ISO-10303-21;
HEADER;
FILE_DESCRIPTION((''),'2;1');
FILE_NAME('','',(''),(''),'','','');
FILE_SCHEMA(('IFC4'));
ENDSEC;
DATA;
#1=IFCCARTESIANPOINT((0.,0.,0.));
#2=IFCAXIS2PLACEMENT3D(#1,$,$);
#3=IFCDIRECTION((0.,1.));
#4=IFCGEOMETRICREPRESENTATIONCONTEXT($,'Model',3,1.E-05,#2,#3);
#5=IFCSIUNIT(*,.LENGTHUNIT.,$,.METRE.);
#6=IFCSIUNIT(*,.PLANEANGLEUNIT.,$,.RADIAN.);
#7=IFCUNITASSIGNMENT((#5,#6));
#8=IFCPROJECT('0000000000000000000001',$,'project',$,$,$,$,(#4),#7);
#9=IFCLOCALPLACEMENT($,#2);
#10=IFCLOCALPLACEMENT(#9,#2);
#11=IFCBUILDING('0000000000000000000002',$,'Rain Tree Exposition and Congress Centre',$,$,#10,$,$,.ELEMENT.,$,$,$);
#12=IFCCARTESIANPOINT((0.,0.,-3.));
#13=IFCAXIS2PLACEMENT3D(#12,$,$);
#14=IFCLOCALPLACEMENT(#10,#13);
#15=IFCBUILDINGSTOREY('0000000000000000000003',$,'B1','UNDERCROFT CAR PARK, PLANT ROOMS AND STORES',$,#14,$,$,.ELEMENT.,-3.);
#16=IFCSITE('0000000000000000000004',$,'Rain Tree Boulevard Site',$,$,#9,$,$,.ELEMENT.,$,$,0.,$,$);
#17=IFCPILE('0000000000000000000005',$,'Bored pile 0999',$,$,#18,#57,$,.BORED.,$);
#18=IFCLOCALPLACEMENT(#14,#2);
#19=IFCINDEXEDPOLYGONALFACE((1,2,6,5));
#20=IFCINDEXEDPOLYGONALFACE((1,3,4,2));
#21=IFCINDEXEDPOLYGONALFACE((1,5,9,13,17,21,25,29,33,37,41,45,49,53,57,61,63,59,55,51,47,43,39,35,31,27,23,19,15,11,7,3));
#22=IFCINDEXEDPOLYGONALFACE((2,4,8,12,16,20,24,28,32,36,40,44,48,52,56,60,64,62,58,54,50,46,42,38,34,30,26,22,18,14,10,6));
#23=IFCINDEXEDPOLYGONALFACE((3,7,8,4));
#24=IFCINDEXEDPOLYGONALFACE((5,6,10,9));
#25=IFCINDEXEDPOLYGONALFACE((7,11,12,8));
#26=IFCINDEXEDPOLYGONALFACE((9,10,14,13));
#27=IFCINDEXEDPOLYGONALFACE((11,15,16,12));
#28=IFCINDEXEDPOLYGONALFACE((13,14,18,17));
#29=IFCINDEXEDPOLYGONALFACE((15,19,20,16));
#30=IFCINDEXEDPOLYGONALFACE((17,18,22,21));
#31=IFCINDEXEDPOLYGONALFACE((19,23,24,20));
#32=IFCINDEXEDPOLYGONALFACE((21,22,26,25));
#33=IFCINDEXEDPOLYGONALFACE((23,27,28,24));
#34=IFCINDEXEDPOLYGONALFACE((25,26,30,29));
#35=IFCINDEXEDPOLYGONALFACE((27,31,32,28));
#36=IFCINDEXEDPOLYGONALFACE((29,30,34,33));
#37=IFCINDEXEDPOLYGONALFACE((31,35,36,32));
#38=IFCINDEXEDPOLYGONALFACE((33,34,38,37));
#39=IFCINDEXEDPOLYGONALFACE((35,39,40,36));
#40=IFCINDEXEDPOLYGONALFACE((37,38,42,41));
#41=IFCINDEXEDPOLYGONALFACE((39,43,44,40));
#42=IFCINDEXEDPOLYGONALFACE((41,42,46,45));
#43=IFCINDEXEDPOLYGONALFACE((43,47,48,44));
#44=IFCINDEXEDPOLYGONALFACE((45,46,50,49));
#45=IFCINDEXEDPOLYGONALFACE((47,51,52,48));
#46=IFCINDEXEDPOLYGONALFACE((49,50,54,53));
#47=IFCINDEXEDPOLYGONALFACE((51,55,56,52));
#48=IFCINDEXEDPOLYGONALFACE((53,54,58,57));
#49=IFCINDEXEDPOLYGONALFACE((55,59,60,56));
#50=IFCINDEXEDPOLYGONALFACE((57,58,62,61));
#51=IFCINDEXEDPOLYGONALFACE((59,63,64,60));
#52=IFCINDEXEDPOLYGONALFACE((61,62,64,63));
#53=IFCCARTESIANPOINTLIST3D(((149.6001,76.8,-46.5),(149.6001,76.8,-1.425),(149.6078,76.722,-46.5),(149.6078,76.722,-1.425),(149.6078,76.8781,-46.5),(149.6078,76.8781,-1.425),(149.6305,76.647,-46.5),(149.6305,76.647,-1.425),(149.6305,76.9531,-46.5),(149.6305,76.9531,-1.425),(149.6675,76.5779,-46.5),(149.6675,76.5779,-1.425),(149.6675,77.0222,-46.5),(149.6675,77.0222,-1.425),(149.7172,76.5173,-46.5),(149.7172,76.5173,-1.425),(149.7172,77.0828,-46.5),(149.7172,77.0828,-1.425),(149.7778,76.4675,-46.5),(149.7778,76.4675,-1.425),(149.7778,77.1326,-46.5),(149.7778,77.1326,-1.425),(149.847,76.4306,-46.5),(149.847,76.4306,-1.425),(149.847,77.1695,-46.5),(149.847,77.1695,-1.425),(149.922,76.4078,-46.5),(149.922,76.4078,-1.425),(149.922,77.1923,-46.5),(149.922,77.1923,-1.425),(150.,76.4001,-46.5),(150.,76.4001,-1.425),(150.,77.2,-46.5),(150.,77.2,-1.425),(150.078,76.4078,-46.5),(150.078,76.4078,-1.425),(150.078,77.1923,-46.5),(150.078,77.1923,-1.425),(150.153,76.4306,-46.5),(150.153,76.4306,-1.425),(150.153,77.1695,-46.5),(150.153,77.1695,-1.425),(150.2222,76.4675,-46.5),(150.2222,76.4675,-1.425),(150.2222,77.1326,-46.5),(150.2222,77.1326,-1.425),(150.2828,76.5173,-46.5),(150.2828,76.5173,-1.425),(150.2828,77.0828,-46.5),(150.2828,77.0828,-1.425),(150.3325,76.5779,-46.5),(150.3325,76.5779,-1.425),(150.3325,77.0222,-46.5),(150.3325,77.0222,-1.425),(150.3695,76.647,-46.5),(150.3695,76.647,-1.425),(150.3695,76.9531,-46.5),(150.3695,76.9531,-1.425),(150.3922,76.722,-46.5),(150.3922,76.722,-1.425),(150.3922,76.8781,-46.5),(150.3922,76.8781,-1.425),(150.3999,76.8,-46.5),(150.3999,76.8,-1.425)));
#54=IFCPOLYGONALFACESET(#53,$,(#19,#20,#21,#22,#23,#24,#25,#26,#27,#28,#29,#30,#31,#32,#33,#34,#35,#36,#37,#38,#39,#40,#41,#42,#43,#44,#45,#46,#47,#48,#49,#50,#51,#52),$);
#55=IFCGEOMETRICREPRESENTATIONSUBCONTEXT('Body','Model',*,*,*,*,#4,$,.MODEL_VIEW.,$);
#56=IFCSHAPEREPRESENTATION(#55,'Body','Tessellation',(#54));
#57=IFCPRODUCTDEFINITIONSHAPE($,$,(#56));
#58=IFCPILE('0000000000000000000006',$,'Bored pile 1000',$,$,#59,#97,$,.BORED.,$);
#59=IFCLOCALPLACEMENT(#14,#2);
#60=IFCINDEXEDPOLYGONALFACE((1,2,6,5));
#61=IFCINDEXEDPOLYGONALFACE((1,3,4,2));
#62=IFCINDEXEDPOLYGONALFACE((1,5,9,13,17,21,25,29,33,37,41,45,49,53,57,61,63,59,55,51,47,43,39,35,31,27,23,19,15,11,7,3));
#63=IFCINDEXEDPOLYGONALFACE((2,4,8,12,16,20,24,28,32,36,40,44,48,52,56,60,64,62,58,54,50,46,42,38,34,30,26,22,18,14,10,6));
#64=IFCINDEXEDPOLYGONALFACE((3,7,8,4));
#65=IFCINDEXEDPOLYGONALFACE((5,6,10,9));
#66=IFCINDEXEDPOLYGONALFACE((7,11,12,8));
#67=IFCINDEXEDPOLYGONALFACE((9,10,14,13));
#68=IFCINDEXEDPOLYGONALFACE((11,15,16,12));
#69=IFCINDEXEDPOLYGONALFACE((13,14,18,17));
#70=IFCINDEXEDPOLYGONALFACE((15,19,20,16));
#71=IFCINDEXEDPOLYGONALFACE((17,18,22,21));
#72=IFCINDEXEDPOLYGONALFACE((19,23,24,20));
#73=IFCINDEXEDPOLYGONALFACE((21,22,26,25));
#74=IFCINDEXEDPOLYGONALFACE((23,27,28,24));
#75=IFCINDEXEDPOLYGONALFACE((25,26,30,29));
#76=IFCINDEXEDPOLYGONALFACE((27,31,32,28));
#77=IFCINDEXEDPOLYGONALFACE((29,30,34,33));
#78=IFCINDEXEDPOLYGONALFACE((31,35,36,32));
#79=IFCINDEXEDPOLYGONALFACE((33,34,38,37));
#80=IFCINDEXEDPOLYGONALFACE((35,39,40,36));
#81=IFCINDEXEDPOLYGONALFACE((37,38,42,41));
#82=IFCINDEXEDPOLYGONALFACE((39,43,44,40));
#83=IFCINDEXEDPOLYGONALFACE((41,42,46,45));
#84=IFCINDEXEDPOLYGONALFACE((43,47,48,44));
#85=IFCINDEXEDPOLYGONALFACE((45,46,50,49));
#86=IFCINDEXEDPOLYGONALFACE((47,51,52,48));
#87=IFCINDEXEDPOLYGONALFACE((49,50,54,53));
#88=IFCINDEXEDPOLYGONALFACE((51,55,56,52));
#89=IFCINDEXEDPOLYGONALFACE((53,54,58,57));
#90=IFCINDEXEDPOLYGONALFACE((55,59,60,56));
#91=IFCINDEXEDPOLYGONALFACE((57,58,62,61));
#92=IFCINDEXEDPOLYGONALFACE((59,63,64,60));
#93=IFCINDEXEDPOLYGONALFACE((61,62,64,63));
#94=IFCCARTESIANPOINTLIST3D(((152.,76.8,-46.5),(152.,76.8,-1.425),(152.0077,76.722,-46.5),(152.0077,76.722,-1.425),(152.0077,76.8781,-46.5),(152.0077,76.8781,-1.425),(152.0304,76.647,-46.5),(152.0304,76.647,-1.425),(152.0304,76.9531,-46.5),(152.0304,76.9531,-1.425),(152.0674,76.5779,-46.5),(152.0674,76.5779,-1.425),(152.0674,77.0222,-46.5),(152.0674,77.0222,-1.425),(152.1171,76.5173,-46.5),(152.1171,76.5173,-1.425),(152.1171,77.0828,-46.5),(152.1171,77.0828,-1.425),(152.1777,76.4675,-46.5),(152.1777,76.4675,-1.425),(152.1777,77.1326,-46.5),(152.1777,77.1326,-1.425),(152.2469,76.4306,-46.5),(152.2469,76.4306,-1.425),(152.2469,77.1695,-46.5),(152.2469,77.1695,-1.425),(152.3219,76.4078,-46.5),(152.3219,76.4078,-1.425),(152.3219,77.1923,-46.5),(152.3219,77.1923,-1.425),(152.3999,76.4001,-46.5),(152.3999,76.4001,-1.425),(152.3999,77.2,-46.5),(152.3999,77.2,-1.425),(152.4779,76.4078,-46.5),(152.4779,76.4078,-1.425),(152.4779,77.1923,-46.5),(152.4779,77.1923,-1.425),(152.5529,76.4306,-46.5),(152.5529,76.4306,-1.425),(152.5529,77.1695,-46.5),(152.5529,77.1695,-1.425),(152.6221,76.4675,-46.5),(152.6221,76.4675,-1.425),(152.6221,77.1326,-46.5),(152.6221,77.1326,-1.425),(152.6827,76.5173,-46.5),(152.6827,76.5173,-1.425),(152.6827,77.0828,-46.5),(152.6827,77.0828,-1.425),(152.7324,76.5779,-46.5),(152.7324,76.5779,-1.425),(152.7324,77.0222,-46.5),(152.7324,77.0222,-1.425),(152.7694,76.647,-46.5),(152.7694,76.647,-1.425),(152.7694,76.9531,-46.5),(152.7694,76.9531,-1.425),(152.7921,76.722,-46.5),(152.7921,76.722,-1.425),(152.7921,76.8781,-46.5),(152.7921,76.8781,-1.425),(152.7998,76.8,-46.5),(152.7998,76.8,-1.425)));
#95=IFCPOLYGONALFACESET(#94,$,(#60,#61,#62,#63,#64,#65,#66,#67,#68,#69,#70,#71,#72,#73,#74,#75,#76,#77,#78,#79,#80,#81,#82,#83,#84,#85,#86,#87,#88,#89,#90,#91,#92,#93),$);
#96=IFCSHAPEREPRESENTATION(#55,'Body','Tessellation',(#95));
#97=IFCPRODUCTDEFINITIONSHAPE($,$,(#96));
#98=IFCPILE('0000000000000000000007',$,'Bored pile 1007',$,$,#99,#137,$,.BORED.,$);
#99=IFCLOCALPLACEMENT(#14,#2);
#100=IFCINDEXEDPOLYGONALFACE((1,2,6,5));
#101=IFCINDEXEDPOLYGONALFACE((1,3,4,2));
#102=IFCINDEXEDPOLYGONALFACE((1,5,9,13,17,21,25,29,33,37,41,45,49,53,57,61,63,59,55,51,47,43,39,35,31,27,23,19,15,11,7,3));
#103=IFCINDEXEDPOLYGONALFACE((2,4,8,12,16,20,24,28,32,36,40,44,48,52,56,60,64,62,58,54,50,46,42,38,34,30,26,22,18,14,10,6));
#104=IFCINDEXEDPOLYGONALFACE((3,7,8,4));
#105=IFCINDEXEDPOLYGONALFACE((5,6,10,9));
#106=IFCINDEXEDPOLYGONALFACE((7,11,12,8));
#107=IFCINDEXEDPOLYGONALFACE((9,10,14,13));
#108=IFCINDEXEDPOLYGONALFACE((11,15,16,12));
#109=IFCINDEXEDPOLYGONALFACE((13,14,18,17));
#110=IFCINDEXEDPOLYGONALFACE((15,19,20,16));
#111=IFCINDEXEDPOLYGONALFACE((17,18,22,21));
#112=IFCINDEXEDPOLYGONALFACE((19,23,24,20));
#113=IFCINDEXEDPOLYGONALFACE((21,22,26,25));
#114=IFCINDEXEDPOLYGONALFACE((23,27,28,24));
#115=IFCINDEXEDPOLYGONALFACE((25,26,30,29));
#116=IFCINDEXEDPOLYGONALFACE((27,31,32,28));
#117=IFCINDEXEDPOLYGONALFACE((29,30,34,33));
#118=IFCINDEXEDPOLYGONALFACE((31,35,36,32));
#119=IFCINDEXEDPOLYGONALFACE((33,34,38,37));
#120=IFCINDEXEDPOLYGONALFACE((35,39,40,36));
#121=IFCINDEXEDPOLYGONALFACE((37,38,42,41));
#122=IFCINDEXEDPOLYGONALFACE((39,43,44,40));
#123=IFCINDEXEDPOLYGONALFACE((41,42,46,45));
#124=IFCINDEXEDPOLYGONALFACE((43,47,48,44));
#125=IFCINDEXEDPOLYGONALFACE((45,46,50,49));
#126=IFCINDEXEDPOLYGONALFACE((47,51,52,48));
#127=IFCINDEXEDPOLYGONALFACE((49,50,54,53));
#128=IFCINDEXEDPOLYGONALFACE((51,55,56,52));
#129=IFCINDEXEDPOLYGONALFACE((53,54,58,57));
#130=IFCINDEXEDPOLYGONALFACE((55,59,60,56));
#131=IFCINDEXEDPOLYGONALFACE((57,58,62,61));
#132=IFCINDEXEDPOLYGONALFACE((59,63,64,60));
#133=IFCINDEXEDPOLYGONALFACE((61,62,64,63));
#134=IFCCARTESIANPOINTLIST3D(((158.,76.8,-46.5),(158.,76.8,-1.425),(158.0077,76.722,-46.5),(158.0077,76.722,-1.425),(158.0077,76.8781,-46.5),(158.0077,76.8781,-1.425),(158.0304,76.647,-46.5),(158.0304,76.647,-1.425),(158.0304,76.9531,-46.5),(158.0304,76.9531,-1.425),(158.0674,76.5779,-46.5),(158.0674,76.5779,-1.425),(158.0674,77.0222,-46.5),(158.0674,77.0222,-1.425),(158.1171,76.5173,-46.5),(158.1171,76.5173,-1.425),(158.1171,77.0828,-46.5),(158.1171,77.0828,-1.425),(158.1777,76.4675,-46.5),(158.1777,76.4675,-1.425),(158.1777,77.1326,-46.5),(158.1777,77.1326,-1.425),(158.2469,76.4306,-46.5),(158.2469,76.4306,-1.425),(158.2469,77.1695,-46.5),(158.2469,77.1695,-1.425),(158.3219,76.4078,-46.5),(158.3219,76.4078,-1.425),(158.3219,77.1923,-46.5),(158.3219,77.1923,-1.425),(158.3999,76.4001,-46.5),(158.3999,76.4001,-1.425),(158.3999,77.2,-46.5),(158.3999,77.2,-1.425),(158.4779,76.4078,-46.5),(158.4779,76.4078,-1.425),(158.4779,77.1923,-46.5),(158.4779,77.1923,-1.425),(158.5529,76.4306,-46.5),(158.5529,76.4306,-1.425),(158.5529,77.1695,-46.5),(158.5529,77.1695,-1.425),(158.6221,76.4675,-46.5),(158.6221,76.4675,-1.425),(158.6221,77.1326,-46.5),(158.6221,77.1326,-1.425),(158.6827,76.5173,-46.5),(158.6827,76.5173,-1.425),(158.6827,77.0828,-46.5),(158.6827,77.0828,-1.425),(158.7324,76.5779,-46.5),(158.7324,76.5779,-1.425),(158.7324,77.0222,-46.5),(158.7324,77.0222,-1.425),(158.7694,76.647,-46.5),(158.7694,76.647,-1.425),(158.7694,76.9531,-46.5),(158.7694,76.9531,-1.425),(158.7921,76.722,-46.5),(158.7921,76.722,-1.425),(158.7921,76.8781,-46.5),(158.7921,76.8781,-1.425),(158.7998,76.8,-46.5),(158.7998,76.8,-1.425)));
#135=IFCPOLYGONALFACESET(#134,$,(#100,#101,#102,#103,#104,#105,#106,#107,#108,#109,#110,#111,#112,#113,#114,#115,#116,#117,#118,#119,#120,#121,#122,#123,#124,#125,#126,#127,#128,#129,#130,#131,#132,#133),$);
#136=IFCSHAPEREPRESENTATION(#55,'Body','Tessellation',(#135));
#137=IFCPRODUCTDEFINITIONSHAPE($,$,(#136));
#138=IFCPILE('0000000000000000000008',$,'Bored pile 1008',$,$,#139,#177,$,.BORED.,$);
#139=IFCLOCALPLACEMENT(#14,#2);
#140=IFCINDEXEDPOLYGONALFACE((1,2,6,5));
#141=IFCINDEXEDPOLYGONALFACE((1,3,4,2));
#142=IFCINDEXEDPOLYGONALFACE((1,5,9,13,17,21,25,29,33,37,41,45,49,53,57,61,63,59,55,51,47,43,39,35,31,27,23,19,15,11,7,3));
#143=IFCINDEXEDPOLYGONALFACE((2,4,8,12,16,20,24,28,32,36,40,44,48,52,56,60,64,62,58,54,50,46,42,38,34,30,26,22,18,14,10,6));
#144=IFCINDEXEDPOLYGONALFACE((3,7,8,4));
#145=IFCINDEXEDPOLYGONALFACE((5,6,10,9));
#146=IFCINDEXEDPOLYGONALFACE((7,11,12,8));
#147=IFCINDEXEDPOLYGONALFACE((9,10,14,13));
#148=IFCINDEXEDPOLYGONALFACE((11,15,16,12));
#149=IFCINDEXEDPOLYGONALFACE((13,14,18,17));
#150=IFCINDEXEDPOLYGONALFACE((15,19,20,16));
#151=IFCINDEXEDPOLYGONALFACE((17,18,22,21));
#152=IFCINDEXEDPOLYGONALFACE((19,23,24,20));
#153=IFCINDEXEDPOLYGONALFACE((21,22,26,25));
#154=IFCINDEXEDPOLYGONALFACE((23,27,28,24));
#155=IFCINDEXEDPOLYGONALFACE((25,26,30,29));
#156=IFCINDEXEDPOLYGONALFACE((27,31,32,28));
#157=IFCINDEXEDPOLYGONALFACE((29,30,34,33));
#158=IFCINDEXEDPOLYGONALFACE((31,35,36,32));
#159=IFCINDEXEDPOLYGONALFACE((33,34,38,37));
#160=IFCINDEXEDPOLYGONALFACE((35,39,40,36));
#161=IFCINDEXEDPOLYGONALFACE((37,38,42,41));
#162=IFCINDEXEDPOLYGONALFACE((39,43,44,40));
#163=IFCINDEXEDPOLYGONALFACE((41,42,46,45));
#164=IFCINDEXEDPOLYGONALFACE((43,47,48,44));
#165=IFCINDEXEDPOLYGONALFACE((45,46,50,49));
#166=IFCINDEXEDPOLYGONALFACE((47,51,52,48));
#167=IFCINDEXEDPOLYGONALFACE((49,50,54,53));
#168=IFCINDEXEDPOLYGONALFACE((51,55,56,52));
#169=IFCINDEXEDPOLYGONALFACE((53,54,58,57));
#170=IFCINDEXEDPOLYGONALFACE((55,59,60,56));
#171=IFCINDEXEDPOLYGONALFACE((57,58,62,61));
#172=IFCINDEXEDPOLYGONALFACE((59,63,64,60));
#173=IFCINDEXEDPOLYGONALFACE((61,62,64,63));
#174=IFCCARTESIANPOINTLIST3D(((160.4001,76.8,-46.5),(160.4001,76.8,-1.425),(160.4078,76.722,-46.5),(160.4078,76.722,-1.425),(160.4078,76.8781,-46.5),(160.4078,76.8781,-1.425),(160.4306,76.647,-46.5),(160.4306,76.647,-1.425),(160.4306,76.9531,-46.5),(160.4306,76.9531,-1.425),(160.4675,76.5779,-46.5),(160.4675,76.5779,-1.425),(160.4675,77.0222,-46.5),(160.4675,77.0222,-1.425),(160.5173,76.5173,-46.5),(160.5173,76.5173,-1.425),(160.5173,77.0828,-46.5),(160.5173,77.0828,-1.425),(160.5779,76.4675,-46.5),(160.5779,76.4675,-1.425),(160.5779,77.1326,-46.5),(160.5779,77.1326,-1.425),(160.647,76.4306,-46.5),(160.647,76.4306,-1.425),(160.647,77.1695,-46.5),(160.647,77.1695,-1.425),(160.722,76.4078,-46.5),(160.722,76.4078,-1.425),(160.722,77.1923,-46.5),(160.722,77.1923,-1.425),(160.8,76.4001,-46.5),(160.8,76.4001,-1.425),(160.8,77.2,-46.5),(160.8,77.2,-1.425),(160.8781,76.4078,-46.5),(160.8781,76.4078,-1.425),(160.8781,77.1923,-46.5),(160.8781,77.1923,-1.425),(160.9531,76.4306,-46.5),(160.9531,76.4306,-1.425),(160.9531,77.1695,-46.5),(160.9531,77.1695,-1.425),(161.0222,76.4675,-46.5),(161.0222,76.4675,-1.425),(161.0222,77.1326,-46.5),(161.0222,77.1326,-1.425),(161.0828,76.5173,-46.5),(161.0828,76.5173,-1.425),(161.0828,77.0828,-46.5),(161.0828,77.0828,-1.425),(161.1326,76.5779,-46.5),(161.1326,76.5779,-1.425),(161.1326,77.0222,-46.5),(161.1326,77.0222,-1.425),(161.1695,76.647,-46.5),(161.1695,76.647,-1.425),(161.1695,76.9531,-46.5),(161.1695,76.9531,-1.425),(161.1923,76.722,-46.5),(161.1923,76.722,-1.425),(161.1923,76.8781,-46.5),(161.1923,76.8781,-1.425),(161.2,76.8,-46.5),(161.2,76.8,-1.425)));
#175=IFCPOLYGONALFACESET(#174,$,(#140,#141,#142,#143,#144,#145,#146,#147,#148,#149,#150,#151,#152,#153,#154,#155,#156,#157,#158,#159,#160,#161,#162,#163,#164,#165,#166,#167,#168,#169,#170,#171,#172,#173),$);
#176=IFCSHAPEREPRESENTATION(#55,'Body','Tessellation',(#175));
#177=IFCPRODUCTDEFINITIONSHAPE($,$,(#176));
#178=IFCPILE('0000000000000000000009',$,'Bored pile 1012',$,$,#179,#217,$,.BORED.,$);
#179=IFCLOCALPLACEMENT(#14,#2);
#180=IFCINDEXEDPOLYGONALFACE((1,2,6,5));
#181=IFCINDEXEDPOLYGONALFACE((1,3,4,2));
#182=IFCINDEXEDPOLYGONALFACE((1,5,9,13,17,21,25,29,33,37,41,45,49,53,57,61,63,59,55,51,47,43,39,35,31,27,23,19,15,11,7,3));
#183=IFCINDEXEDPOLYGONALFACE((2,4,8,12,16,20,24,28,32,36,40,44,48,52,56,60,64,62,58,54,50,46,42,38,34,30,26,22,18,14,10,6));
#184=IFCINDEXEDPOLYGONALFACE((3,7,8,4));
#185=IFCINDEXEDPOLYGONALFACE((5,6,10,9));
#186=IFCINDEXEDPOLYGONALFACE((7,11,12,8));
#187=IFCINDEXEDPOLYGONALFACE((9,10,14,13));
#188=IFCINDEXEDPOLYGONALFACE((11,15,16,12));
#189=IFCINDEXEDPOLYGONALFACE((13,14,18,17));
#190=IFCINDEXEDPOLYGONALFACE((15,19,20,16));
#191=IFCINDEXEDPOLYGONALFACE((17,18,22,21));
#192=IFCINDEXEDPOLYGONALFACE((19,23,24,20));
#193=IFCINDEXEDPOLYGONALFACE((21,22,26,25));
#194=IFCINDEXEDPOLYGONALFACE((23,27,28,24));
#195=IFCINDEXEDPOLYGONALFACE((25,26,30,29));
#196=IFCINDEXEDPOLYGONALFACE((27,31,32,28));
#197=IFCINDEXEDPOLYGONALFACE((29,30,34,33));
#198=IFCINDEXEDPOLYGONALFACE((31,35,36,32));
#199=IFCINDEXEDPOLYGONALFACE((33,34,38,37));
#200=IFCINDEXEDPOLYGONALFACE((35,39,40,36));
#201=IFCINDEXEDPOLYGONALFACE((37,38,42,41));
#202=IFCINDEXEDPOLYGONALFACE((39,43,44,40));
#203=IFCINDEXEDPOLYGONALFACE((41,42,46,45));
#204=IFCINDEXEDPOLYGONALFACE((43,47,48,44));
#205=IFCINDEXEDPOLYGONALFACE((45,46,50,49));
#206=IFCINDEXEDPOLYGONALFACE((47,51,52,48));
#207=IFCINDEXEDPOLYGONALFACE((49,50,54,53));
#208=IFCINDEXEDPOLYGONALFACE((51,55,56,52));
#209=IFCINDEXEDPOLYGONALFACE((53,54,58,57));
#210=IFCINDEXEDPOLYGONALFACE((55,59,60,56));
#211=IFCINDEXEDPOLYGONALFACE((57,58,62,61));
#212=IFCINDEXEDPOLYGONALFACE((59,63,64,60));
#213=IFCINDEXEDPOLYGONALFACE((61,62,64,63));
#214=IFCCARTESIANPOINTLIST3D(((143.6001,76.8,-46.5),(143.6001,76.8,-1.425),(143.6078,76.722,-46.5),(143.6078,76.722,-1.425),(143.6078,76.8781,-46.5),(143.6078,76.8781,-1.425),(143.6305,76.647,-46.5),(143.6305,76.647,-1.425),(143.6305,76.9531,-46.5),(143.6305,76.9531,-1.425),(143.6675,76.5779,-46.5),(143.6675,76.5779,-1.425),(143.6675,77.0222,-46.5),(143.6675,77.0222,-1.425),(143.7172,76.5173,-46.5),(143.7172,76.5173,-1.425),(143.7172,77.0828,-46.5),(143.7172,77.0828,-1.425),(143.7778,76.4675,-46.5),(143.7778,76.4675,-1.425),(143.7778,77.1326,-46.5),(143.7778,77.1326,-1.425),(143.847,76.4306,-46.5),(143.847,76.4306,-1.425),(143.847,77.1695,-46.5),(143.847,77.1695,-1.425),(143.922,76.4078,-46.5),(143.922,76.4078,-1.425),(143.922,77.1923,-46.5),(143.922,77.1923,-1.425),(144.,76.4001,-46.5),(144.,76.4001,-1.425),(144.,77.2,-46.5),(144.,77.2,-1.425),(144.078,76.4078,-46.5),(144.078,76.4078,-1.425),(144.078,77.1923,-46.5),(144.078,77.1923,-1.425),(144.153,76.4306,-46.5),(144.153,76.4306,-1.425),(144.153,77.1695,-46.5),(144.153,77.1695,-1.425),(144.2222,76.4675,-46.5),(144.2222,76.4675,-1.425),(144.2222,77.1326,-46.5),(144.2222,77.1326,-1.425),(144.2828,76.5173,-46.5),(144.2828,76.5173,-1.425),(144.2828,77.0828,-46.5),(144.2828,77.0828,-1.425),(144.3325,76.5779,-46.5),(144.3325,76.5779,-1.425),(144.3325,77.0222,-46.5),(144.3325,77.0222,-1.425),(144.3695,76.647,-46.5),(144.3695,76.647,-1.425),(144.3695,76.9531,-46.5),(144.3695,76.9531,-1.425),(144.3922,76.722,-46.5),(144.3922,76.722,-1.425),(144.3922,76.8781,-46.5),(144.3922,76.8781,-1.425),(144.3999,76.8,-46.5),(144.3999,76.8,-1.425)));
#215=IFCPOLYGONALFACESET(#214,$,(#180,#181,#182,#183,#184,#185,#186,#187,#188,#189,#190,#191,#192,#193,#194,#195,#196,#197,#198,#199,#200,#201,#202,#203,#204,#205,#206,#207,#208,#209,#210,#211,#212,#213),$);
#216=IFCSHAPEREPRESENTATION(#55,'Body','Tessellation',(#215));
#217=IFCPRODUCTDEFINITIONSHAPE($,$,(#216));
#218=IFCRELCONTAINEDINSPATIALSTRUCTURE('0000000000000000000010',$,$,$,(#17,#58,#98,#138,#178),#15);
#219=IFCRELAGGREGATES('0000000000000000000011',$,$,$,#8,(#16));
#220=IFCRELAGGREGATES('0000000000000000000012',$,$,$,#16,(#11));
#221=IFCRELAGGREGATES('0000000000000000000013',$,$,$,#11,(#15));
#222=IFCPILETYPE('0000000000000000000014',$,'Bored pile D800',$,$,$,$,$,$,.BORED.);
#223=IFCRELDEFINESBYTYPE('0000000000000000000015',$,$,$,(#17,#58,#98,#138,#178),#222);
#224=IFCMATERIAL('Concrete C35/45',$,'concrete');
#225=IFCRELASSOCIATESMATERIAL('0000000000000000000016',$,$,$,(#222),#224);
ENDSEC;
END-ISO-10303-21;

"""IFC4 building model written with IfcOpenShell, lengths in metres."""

from ifc_helpers import new_model, si_unit, direction, frame, origin, origin_2d, place, context, subcontext, project, spatial, circle, extrude, material, material_profile, profile_set, type_object, element, save


model = new_model("IFC4")

# Units and contexts
model_context = context("Model", 3, precision=1e-05, world=origin(), true_north=direction((0.0, 1.0)))
body_context = subcontext(model_context, "Body", "Model", "MODEL_VIEW")
ifc_project = project(units=[si_unit("LENGTHUNIT", "METRE"), si_unit("PLANEANGLEUNIT", "RADIAN")], contexts=[model_context])

# Site, building, storey
site_placement = place(None, origin())
site = spatial("IfcSite", under=ifc_project, at=site_placement, Name="Rain Tree Boulevard Site", CompositionType="ELEMENT", RefElevation=0.0)
building_placement = place(site_placement, origin())
building = spatial("IfcBuilding", under=site, at=building_placement, Name="Rain Tree Exposition and Congress Centre", CompositionType="ELEMENT")
storey_placement = place(building_placement, frame((0.0, 0.0, -3.0)))
storey = spatial("IfcBuildingStorey", under=building, at=storey_placement, Name="B1", Description="UNDERCROFT CAR PARK, PLANT ROOMS AND STORES", CompositionType="ELEMENT", Elevation=-3.0)

# Piles
ifc_material_1 = material(Name="Concrete C35/45", Category="concrete")
ifc_material_profile_1 = material_profile(ifc_material_1, circle(Radius=0.3999, at=origin_2d()), Name="D800")
ifc_profile_set_1 = profile_set([ifc_material_profile_1], Name="Concrete C35/45")
pile_type_1 = type_object("IfcPileType", Name="Bored pile D800", PredefinedType="BORED", material=ifc_profile_set_1)
for number, where, z_axis, x_axis, name in (
    (1, (150.0, 76.8, -1.425), (0.0, 0.0, -1.0), (1.0, 0.0, 0.0), "Bored pile 0999"),
    (2, (152.3999, 76.8, -1.425), (0.0, 0.0, -1.0), (1.0, 0.0, 0.0), "Bored pile 1000"),
    (3, (158.3999, 76.8, -1.425), (0.0, 0.0, -1.0), (1.0, 0.0, 0.0), "Bored pile 1007"),
    (4, (160.8, 76.8, -1.425), (0.0, 0.0, -1.0), (1.0, 0.0, 0.0), "Bored pile 1008"),
    (5, (144.0, 76.8, -1.425), (0.0, 0.0, -1.0), (1.0, 0.0, 0.0), "Bored pile 1012"),
):
    element("IfcPile", number, at=place(storey_placement, frame(where, z_axis=z_axis, x_axis=x_axis)), inside=storey, type_object=pile_type_1, Name=name, PredefinedType="BORED", context=body_context, shape_type="SweptSolid", body=[
        extrude(circle(Radius=0.3999, at=origin_2d()), origin(), (0.0, 0.0, 1.0), 45.075),
    ])

save(model, "model.ifc")
